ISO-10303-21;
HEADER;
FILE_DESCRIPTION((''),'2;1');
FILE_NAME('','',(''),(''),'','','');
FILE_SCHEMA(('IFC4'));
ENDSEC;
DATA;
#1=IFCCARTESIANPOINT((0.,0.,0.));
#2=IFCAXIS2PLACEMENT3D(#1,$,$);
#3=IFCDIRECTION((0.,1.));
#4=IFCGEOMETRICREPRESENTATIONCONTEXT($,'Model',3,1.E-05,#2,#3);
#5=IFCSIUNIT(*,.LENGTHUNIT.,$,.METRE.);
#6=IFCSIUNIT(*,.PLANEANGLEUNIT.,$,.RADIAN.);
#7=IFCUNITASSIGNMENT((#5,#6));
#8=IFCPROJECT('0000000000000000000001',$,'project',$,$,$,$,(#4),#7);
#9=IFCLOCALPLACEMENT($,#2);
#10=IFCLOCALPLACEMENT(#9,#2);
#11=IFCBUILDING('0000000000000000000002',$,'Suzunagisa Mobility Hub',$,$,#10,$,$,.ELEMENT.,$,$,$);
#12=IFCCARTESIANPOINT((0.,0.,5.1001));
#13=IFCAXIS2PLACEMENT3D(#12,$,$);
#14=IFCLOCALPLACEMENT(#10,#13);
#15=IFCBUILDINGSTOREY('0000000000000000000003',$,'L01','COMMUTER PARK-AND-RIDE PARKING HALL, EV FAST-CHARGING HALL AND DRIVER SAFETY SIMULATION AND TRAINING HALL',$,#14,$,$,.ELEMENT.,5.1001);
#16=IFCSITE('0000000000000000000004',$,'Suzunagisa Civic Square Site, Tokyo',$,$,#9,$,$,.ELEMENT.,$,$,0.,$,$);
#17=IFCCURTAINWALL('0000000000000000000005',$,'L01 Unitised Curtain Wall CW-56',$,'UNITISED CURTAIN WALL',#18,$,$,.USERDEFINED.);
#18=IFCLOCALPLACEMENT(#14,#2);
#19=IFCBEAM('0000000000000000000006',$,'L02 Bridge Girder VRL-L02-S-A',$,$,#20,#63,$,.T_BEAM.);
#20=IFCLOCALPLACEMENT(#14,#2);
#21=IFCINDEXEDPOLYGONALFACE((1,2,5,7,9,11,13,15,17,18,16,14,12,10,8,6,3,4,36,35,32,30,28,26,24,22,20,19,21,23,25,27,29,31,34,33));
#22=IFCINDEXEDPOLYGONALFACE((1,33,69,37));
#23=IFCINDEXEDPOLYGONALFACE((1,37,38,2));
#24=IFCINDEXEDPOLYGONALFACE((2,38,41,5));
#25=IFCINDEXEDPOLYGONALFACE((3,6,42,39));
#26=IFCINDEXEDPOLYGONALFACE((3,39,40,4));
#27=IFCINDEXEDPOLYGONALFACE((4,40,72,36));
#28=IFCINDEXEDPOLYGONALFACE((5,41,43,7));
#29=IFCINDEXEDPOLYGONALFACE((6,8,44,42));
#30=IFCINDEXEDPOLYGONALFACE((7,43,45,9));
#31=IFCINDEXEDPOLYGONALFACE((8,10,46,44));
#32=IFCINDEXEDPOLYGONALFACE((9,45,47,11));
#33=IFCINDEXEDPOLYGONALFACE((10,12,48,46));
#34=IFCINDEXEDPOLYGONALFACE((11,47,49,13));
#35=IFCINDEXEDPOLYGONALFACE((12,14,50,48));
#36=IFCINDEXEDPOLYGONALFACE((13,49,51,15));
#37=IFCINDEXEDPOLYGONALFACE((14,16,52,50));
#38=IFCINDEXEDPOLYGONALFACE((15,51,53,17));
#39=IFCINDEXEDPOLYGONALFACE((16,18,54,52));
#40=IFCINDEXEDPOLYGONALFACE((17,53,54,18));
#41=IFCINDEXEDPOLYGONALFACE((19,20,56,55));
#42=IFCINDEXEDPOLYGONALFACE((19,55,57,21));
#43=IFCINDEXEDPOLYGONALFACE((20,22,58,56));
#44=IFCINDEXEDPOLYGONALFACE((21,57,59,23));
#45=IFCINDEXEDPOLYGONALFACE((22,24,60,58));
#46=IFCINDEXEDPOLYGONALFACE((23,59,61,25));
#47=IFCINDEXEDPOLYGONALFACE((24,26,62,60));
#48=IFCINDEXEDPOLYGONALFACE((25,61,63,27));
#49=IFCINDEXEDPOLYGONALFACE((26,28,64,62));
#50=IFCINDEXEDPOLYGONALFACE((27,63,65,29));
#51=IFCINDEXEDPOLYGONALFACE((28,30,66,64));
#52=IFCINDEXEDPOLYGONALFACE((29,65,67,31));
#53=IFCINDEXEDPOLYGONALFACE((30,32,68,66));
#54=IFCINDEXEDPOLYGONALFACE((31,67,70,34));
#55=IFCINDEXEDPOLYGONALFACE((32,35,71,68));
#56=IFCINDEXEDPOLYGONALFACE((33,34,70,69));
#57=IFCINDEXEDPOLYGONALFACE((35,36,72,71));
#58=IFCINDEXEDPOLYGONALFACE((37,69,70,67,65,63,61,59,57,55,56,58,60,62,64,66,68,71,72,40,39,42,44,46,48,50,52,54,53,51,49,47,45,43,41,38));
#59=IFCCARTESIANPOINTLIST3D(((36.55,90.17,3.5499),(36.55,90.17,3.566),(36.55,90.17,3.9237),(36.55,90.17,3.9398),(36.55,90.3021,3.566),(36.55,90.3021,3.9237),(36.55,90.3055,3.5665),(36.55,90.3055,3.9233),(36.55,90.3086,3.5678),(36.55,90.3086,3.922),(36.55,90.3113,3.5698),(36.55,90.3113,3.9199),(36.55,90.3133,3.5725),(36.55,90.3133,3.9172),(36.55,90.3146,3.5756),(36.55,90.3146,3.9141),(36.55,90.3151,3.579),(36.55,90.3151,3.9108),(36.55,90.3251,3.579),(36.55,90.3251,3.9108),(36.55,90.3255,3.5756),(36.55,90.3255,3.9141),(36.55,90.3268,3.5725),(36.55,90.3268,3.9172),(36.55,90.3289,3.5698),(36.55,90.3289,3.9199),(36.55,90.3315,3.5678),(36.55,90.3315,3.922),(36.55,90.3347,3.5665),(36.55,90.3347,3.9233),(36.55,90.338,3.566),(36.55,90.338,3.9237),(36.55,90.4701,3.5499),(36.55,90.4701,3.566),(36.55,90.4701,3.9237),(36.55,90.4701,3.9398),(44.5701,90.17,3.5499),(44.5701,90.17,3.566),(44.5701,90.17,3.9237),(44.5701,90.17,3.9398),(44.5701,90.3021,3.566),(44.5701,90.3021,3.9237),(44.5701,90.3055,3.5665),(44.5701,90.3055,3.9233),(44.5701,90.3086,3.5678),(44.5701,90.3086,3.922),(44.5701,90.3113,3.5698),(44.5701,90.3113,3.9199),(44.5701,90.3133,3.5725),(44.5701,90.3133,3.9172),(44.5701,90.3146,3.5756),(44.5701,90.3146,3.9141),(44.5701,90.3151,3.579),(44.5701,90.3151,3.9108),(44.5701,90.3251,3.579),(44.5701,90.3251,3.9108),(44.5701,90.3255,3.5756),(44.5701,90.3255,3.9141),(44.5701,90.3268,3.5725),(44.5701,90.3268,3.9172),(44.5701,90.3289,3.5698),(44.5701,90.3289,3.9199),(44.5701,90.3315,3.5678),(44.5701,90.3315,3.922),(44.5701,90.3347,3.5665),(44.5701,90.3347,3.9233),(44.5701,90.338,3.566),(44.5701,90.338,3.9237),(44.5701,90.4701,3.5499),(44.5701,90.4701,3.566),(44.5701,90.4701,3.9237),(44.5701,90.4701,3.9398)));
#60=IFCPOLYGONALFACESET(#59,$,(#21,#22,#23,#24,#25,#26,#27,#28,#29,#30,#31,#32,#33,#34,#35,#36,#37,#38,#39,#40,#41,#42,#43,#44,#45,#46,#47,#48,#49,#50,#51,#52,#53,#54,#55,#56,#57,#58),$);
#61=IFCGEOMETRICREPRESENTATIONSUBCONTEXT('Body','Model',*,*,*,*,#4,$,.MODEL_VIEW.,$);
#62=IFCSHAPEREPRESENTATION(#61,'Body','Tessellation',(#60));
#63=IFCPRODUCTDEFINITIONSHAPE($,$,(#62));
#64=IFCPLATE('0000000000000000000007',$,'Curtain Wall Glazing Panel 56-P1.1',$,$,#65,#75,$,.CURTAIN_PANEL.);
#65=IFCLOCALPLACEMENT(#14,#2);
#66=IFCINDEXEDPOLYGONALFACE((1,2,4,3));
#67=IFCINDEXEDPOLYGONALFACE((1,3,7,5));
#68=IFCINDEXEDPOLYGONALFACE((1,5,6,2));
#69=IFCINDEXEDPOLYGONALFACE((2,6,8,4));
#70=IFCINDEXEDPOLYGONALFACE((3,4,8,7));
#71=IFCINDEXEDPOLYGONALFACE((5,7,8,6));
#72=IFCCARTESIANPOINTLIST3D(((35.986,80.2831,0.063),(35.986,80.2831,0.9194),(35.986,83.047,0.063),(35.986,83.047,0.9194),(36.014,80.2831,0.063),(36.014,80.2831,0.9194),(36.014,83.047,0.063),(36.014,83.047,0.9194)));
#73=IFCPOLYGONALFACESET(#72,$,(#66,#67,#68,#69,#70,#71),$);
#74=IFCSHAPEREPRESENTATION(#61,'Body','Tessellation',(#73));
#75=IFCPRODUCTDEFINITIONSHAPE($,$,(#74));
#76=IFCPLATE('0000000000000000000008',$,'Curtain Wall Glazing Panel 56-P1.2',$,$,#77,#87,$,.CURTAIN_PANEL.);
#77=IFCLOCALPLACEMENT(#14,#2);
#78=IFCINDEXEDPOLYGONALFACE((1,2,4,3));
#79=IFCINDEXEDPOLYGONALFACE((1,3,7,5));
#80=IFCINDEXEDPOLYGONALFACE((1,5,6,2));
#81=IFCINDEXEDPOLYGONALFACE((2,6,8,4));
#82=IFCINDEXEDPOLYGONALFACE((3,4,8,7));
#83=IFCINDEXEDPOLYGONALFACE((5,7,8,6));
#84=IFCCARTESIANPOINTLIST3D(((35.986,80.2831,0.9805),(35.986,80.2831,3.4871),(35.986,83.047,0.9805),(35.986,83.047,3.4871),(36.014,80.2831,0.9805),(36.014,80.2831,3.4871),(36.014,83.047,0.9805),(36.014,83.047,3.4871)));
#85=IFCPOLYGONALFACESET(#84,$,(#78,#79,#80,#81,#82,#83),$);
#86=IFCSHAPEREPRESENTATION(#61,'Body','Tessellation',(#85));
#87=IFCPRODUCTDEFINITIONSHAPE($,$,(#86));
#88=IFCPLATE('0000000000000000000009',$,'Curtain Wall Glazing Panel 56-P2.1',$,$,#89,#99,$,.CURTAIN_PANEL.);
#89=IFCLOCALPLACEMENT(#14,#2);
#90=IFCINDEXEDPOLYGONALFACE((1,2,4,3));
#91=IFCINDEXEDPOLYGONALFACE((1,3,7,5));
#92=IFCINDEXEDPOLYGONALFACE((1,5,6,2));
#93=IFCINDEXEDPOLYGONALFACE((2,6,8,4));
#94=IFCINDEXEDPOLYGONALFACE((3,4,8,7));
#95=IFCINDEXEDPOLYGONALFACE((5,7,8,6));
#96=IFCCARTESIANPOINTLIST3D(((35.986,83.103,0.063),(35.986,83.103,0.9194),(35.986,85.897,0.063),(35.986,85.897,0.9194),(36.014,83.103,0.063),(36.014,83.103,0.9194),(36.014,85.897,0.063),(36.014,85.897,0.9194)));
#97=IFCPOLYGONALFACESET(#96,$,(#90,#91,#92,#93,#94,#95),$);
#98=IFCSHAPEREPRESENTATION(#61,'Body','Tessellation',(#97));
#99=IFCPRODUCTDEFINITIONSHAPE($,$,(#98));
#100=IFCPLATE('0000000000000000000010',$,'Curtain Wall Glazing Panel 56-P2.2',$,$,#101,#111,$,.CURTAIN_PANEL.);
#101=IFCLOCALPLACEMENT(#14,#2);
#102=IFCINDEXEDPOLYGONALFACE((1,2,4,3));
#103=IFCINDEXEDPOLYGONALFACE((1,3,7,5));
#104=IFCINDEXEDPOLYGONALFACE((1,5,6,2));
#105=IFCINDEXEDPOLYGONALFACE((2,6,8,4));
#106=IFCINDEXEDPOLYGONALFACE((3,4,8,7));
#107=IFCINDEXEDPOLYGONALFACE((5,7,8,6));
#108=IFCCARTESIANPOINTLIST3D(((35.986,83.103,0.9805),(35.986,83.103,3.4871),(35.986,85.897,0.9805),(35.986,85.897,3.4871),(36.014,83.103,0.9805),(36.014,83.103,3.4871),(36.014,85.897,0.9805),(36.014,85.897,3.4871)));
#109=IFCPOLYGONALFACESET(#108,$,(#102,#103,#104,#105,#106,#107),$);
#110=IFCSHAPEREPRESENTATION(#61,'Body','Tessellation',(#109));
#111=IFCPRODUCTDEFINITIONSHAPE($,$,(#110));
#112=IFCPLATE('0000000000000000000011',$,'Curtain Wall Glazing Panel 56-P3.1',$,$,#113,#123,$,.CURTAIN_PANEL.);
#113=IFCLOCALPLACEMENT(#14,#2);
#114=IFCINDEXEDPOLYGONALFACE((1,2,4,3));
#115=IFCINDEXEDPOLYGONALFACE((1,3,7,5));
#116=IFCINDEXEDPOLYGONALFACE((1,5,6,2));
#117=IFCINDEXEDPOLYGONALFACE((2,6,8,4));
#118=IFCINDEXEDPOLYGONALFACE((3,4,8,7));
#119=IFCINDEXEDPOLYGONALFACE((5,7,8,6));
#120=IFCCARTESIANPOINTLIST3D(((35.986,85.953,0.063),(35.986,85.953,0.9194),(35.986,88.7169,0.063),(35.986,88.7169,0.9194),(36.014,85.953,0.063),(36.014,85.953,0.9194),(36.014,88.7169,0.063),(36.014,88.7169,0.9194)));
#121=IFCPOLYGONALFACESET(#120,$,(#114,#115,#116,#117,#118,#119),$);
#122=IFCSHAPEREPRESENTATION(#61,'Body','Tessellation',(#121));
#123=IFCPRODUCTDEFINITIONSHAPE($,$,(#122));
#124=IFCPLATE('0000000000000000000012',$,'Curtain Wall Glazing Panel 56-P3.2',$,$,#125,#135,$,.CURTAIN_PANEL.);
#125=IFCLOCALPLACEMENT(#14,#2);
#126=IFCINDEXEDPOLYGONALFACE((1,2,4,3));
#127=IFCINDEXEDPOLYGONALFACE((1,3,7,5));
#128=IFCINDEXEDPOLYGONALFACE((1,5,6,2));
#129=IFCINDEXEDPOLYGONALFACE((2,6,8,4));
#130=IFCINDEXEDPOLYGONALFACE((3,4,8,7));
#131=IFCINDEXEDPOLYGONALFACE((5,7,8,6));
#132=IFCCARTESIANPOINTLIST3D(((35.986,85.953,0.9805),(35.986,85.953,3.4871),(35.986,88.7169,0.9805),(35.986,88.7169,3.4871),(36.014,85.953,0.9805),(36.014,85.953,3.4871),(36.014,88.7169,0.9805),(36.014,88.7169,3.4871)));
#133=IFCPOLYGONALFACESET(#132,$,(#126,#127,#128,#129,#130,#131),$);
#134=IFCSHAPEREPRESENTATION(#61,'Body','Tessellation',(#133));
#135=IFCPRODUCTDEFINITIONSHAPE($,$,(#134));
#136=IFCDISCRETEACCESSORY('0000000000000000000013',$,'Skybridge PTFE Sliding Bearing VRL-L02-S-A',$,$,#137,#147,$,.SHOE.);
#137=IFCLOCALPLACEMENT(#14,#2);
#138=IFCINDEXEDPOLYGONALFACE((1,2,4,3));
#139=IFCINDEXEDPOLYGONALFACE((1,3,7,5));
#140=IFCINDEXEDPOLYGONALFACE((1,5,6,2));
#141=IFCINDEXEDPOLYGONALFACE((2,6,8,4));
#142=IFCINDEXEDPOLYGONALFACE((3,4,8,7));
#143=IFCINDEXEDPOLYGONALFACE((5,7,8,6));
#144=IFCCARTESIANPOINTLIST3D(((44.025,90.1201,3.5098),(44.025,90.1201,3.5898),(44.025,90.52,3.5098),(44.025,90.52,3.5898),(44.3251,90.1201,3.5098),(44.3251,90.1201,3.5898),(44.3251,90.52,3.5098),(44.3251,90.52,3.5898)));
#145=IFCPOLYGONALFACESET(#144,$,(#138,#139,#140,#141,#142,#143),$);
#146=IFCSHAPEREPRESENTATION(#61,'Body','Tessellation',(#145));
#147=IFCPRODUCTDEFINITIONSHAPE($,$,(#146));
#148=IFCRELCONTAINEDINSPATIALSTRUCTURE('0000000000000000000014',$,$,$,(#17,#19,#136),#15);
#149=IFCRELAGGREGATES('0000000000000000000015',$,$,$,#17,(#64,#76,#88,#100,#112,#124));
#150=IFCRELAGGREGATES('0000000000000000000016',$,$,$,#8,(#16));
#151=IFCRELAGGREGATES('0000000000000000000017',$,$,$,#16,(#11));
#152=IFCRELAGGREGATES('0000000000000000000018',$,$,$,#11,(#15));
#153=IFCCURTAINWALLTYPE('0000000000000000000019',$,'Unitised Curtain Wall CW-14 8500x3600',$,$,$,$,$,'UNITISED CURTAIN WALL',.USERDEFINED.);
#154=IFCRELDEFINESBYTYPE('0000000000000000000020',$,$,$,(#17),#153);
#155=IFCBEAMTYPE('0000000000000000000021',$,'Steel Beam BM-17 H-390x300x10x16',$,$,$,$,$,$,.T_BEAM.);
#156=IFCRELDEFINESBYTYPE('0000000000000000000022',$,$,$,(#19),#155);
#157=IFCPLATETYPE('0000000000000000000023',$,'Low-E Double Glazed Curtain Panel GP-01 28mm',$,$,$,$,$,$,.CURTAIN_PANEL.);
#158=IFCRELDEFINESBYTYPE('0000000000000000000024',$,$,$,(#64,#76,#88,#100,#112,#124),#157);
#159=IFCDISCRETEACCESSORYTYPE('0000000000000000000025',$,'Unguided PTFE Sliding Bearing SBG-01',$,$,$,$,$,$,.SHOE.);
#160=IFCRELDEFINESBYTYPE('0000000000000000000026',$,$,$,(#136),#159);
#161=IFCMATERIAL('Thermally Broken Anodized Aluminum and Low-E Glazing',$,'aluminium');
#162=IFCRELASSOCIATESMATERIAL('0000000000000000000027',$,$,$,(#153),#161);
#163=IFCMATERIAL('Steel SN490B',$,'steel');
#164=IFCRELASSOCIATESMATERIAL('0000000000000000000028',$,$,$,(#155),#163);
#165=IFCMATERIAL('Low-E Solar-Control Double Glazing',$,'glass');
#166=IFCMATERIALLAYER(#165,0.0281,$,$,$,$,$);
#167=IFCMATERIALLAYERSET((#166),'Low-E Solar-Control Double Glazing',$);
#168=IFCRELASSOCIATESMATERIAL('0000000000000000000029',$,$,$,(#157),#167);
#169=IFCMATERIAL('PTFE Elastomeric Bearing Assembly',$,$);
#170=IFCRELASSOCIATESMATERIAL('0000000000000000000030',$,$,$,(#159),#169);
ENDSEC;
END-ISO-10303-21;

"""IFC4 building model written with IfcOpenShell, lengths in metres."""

from ifc_helpers import new_model, si_unit, direction, frame, origin, origin_2d, place, context, subcontext, project, spatial, rectangle, i_section, extrude, material, layer, layer_set, material_profile, profile_set, type_object, element, aggregate, save


model = new_model("IFC4")

# Units and contexts
model_context = context("Model", 3, precision=1e-05, world=origin(), true_north=direction((0.0, 1.0)))
body_context = subcontext(model_context, "Body", "Model", "MODEL_VIEW")
ifc_project = project(units=[si_unit("LENGTHUNIT", "METRE"), si_unit("PLANEANGLEUNIT", "RADIAN")], contexts=[model_context])

# Site, building, storey
site_placement = place(None, origin())
site = spatial("IfcSite", under=ifc_project, at=site_placement, Name="Suzunagisa Civic Square Site, Tokyo", CompositionType="ELEMENT", RefElevation=0.0)
building_placement = place(site_placement, origin())
building = spatial("IfcBuilding", under=site, at=building_placement, Name="Suzunagisa Mobility Hub", CompositionType="ELEMENT")
storey_placement = place(building_placement, frame((0.0, 0.0, 5.1001)))
storey = spatial("IfcBuildingStorey", under=building, at=storey_placement, Name="L01", Description="COMMUTER PARK-AND-RIDE PARKING HALL, EV FAST-CHARGING HALL AND DRIVER SAFETY SIMULATION AND TRAINING HALL", CompositionType="ELEMENT", Elevation=5.1001)

# Shared definitions
ifc_material_1 = material(Name="Steel SN490B", Category="steel")

# Curtain wall
ifc_material_2 = material(Name="Thermally Broken Anodized Aluminum and Low-E Glazing", Category="aluminium")
curtain_wall_type = type_object("IfcCurtainWallType", Name="Unitised Curtain Wall CW-14 8500x3600", ElementType="UNITISED CURTAIN WALL", PredefinedType="USERDEFINED", material=ifc_material_2)
curtain_wall_placement = place(storey_placement, origin())
curtain_wall = element("IfcCurtainWall", 1, at=curtain_wall_placement, inside=storey, type_object=curtain_wall_type, Name="L01 Unitised Curtain Wall CW-56", ObjectType="UNITISED CURTAIN WALL", PredefinedType="USERDEFINED")

# Beam
ifc_material_profile_1 = material_profile(ifc_material_1, i_section(OverallWidth=0.3, OverallDepth=0.3899, WebThickness=0.01, FlangeThickness=0.0161, FilletRadius=0.0129, at=origin_2d()), Name="H-390x300x10x16")
ifc_profile_set_1 = profile_set([ifc_material_profile_1], Name="Steel SN490B")
beam_type_1 = type_object("IfcBeamType", Name="Steel Beam BM-17 H-390x300x10x16", PredefinedType="T_BEAM", material=ifc_profile_set_1)
beam_1_placement = place(storey_placement, frame((36.55, 90.3201, 3.7449), z_axis=(1.0, 0.0, 0.0), x_axis=(0.0, 1.0, 0.0)))
element("IfcBeam", 2, at=beam_1_placement, inside=storey, type_object=beam_type_1, Name="L02 Bridge Girder VRL-L02-S-A", PredefinedType="T_BEAM", context=body_context, shape_type="SweptSolid", body=[
    extrude(i_section(OverallWidth=0.3, OverallDepth=0.3899, WebThickness=0.01, FlangeThickness=0.0161, FilletRadius=0.0129, at=origin_2d()), origin(), (0.0, 0.0, 1.0), 8.02),
])

# Plates
ifc_material_3 = material(Name="Low-E Solar-Control Double Glazing", Category="glass")
ifc_layer = layer(ifc_material_3, 0.0281)
ifc_layer_set = layer_set([ifc_layer], Name="Low-E Solar-Control Double Glazing")
plate_type = type_object("IfcPlateType", Name="Low-E Double Glazed Curtain Panel GP-01 28mm", PredefinedType="CURTAIN_PANEL", material=ifc_layer_set)
plate_1_placement = place(storey_placement, frame((36.0, 81.665, 0.063), z_axis=(0.0, 0.0, 1.0), x_axis=(0.0, 1.0, 0.0)))
plate_1 = element("IfcPlate", 3, at=plate_1_placement, type_object=plate_type, Name="Curtain Wall Glazing Panel 56-P1.1", PredefinedType="CURTAIN_PANEL", context=body_context, shape_type="SweptSolid", body=[
    extrude(rectangle(XDim=2.7639, YDim=0.0281, at=origin_2d()), origin(), (0.0, 0.0, 1.0), 0.8564),
])
plate_2_placement = place(storey_placement, frame((36.0, 81.665, 0.9805), z_axis=(0.0, 0.0, 1.0), x_axis=(0.0, 1.0, 0.0)))
plate_2 = element("IfcPlate", 4, at=plate_2_placement, type_object=plate_type, Name="Curtain Wall Glazing Panel 56-P1.2", PredefinedType="CURTAIN_PANEL", context=body_context, shape_type="SweptSolid", body=[
    extrude(rectangle(XDim=2.7639, YDim=0.0281, at=origin_2d()), origin(), (0.0, 0.0, 1.0), 2.5066),
])
plate_3_placement = place(storey_placement, frame((36.0, 84.5, 0.063), z_axis=(0.0, 0.0, 1.0), x_axis=(0.0, 1.0, 0.0)))
plate_3 = element("IfcPlate", 5, at=plate_3_placement, type_object=plate_type, Name="Curtain Wall Glazing Panel 56-P2.1", PredefinedType="CURTAIN_PANEL", context=body_context, shape_type="SweptSolid", body=[
    extrude(rectangle(XDim=2.7939, YDim=0.0281, at=origin_2d()), origin(), (0.0, 0.0, 1.0), 0.8564),
])
plate_4_placement = place(storey_placement, frame((36.0, 84.5, 0.9805), z_axis=(0.0, 0.0, 1.0), x_axis=(0.0, 1.0, 0.0)))
plate_4 = element("IfcPlate", 6, at=plate_4_placement, type_object=plate_type, Name="Curtain Wall Glazing Panel 56-P2.2", PredefinedType="CURTAIN_PANEL", context=body_context, shape_type="SweptSolid", body=[
    extrude(rectangle(XDim=2.7939, YDim=0.0281, at=origin_2d()), origin(), (0.0, 0.0, 1.0), 2.5066),
])
plate_5_placement = place(storey_placement, frame((36.0, 87.335, 0.063), z_axis=(0.0, 0.0, 1.0), x_axis=(0.0, 1.0, 0.0)))
plate_5 = element("IfcPlate", 7, at=plate_5_placement, type_object=plate_type, Name="Curtain Wall Glazing Panel 56-P3.1", PredefinedType="CURTAIN_PANEL", context=body_context, shape_type="SweptSolid", body=[
    extrude(rectangle(XDim=2.7639, YDim=0.0281, at=origin_2d()), origin(), (0.0, 0.0, 1.0), 0.8564),
])
plate_6_placement = place(storey_placement, frame((36.0, 87.335, 0.9805), z_axis=(0.0, 0.0, 1.0), x_axis=(0.0, 1.0, 0.0)))
plate_6 = element("IfcPlate", 8, at=plate_6_placement, type_object=plate_type, Name="Curtain Wall Glazing Panel 56-P3.2", PredefinedType="CURTAIN_PANEL", context=body_context, shape_type="SweptSolid", body=[
    extrude(rectangle(XDim=2.7639, YDim=0.0281, at=origin_2d()), origin(), (0.0, 0.0, 1.0), 2.5066),
])
aggregate(curtain_wall, [plate_1, plate_2, plate_3, plate_4, plate_5, plate_6])

# Discrete accessory
ifc_material_4 = material(Name="PTFE Elastomeric Bearing Assembly")
discrete_accessory_type = type_object("IfcDiscreteAccessoryType", Name="Unguided PTFE Sliding Bearing SBG-01", PredefinedType="SHOE", material=ifc_material_4)
discrete_accessory_placement = place(storey_placement, frame((44.175, 90.3201, 3.5098), z_axis=(0.0, 0.0, 1.0), x_axis=(1.0, 0.0, 0.0)))
element("IfcDiscreteAccessory", 9, at=discrete_accessory_placement, inside=storey, type_object=discrete_accessory_type, Name="Skybridge PTFE Sliding Bearing VRL-L02-S-A", PredefinedType="SHOE", context=body_context, shape_type="SweptSolid", body=[
    extrude(rectangle(XDim=0.3, YDim=0.3999, at=origin_2d()), origin(), (0.0, 0.0, 1.0), 0.0801),
])

save(model, "model.ifc")
